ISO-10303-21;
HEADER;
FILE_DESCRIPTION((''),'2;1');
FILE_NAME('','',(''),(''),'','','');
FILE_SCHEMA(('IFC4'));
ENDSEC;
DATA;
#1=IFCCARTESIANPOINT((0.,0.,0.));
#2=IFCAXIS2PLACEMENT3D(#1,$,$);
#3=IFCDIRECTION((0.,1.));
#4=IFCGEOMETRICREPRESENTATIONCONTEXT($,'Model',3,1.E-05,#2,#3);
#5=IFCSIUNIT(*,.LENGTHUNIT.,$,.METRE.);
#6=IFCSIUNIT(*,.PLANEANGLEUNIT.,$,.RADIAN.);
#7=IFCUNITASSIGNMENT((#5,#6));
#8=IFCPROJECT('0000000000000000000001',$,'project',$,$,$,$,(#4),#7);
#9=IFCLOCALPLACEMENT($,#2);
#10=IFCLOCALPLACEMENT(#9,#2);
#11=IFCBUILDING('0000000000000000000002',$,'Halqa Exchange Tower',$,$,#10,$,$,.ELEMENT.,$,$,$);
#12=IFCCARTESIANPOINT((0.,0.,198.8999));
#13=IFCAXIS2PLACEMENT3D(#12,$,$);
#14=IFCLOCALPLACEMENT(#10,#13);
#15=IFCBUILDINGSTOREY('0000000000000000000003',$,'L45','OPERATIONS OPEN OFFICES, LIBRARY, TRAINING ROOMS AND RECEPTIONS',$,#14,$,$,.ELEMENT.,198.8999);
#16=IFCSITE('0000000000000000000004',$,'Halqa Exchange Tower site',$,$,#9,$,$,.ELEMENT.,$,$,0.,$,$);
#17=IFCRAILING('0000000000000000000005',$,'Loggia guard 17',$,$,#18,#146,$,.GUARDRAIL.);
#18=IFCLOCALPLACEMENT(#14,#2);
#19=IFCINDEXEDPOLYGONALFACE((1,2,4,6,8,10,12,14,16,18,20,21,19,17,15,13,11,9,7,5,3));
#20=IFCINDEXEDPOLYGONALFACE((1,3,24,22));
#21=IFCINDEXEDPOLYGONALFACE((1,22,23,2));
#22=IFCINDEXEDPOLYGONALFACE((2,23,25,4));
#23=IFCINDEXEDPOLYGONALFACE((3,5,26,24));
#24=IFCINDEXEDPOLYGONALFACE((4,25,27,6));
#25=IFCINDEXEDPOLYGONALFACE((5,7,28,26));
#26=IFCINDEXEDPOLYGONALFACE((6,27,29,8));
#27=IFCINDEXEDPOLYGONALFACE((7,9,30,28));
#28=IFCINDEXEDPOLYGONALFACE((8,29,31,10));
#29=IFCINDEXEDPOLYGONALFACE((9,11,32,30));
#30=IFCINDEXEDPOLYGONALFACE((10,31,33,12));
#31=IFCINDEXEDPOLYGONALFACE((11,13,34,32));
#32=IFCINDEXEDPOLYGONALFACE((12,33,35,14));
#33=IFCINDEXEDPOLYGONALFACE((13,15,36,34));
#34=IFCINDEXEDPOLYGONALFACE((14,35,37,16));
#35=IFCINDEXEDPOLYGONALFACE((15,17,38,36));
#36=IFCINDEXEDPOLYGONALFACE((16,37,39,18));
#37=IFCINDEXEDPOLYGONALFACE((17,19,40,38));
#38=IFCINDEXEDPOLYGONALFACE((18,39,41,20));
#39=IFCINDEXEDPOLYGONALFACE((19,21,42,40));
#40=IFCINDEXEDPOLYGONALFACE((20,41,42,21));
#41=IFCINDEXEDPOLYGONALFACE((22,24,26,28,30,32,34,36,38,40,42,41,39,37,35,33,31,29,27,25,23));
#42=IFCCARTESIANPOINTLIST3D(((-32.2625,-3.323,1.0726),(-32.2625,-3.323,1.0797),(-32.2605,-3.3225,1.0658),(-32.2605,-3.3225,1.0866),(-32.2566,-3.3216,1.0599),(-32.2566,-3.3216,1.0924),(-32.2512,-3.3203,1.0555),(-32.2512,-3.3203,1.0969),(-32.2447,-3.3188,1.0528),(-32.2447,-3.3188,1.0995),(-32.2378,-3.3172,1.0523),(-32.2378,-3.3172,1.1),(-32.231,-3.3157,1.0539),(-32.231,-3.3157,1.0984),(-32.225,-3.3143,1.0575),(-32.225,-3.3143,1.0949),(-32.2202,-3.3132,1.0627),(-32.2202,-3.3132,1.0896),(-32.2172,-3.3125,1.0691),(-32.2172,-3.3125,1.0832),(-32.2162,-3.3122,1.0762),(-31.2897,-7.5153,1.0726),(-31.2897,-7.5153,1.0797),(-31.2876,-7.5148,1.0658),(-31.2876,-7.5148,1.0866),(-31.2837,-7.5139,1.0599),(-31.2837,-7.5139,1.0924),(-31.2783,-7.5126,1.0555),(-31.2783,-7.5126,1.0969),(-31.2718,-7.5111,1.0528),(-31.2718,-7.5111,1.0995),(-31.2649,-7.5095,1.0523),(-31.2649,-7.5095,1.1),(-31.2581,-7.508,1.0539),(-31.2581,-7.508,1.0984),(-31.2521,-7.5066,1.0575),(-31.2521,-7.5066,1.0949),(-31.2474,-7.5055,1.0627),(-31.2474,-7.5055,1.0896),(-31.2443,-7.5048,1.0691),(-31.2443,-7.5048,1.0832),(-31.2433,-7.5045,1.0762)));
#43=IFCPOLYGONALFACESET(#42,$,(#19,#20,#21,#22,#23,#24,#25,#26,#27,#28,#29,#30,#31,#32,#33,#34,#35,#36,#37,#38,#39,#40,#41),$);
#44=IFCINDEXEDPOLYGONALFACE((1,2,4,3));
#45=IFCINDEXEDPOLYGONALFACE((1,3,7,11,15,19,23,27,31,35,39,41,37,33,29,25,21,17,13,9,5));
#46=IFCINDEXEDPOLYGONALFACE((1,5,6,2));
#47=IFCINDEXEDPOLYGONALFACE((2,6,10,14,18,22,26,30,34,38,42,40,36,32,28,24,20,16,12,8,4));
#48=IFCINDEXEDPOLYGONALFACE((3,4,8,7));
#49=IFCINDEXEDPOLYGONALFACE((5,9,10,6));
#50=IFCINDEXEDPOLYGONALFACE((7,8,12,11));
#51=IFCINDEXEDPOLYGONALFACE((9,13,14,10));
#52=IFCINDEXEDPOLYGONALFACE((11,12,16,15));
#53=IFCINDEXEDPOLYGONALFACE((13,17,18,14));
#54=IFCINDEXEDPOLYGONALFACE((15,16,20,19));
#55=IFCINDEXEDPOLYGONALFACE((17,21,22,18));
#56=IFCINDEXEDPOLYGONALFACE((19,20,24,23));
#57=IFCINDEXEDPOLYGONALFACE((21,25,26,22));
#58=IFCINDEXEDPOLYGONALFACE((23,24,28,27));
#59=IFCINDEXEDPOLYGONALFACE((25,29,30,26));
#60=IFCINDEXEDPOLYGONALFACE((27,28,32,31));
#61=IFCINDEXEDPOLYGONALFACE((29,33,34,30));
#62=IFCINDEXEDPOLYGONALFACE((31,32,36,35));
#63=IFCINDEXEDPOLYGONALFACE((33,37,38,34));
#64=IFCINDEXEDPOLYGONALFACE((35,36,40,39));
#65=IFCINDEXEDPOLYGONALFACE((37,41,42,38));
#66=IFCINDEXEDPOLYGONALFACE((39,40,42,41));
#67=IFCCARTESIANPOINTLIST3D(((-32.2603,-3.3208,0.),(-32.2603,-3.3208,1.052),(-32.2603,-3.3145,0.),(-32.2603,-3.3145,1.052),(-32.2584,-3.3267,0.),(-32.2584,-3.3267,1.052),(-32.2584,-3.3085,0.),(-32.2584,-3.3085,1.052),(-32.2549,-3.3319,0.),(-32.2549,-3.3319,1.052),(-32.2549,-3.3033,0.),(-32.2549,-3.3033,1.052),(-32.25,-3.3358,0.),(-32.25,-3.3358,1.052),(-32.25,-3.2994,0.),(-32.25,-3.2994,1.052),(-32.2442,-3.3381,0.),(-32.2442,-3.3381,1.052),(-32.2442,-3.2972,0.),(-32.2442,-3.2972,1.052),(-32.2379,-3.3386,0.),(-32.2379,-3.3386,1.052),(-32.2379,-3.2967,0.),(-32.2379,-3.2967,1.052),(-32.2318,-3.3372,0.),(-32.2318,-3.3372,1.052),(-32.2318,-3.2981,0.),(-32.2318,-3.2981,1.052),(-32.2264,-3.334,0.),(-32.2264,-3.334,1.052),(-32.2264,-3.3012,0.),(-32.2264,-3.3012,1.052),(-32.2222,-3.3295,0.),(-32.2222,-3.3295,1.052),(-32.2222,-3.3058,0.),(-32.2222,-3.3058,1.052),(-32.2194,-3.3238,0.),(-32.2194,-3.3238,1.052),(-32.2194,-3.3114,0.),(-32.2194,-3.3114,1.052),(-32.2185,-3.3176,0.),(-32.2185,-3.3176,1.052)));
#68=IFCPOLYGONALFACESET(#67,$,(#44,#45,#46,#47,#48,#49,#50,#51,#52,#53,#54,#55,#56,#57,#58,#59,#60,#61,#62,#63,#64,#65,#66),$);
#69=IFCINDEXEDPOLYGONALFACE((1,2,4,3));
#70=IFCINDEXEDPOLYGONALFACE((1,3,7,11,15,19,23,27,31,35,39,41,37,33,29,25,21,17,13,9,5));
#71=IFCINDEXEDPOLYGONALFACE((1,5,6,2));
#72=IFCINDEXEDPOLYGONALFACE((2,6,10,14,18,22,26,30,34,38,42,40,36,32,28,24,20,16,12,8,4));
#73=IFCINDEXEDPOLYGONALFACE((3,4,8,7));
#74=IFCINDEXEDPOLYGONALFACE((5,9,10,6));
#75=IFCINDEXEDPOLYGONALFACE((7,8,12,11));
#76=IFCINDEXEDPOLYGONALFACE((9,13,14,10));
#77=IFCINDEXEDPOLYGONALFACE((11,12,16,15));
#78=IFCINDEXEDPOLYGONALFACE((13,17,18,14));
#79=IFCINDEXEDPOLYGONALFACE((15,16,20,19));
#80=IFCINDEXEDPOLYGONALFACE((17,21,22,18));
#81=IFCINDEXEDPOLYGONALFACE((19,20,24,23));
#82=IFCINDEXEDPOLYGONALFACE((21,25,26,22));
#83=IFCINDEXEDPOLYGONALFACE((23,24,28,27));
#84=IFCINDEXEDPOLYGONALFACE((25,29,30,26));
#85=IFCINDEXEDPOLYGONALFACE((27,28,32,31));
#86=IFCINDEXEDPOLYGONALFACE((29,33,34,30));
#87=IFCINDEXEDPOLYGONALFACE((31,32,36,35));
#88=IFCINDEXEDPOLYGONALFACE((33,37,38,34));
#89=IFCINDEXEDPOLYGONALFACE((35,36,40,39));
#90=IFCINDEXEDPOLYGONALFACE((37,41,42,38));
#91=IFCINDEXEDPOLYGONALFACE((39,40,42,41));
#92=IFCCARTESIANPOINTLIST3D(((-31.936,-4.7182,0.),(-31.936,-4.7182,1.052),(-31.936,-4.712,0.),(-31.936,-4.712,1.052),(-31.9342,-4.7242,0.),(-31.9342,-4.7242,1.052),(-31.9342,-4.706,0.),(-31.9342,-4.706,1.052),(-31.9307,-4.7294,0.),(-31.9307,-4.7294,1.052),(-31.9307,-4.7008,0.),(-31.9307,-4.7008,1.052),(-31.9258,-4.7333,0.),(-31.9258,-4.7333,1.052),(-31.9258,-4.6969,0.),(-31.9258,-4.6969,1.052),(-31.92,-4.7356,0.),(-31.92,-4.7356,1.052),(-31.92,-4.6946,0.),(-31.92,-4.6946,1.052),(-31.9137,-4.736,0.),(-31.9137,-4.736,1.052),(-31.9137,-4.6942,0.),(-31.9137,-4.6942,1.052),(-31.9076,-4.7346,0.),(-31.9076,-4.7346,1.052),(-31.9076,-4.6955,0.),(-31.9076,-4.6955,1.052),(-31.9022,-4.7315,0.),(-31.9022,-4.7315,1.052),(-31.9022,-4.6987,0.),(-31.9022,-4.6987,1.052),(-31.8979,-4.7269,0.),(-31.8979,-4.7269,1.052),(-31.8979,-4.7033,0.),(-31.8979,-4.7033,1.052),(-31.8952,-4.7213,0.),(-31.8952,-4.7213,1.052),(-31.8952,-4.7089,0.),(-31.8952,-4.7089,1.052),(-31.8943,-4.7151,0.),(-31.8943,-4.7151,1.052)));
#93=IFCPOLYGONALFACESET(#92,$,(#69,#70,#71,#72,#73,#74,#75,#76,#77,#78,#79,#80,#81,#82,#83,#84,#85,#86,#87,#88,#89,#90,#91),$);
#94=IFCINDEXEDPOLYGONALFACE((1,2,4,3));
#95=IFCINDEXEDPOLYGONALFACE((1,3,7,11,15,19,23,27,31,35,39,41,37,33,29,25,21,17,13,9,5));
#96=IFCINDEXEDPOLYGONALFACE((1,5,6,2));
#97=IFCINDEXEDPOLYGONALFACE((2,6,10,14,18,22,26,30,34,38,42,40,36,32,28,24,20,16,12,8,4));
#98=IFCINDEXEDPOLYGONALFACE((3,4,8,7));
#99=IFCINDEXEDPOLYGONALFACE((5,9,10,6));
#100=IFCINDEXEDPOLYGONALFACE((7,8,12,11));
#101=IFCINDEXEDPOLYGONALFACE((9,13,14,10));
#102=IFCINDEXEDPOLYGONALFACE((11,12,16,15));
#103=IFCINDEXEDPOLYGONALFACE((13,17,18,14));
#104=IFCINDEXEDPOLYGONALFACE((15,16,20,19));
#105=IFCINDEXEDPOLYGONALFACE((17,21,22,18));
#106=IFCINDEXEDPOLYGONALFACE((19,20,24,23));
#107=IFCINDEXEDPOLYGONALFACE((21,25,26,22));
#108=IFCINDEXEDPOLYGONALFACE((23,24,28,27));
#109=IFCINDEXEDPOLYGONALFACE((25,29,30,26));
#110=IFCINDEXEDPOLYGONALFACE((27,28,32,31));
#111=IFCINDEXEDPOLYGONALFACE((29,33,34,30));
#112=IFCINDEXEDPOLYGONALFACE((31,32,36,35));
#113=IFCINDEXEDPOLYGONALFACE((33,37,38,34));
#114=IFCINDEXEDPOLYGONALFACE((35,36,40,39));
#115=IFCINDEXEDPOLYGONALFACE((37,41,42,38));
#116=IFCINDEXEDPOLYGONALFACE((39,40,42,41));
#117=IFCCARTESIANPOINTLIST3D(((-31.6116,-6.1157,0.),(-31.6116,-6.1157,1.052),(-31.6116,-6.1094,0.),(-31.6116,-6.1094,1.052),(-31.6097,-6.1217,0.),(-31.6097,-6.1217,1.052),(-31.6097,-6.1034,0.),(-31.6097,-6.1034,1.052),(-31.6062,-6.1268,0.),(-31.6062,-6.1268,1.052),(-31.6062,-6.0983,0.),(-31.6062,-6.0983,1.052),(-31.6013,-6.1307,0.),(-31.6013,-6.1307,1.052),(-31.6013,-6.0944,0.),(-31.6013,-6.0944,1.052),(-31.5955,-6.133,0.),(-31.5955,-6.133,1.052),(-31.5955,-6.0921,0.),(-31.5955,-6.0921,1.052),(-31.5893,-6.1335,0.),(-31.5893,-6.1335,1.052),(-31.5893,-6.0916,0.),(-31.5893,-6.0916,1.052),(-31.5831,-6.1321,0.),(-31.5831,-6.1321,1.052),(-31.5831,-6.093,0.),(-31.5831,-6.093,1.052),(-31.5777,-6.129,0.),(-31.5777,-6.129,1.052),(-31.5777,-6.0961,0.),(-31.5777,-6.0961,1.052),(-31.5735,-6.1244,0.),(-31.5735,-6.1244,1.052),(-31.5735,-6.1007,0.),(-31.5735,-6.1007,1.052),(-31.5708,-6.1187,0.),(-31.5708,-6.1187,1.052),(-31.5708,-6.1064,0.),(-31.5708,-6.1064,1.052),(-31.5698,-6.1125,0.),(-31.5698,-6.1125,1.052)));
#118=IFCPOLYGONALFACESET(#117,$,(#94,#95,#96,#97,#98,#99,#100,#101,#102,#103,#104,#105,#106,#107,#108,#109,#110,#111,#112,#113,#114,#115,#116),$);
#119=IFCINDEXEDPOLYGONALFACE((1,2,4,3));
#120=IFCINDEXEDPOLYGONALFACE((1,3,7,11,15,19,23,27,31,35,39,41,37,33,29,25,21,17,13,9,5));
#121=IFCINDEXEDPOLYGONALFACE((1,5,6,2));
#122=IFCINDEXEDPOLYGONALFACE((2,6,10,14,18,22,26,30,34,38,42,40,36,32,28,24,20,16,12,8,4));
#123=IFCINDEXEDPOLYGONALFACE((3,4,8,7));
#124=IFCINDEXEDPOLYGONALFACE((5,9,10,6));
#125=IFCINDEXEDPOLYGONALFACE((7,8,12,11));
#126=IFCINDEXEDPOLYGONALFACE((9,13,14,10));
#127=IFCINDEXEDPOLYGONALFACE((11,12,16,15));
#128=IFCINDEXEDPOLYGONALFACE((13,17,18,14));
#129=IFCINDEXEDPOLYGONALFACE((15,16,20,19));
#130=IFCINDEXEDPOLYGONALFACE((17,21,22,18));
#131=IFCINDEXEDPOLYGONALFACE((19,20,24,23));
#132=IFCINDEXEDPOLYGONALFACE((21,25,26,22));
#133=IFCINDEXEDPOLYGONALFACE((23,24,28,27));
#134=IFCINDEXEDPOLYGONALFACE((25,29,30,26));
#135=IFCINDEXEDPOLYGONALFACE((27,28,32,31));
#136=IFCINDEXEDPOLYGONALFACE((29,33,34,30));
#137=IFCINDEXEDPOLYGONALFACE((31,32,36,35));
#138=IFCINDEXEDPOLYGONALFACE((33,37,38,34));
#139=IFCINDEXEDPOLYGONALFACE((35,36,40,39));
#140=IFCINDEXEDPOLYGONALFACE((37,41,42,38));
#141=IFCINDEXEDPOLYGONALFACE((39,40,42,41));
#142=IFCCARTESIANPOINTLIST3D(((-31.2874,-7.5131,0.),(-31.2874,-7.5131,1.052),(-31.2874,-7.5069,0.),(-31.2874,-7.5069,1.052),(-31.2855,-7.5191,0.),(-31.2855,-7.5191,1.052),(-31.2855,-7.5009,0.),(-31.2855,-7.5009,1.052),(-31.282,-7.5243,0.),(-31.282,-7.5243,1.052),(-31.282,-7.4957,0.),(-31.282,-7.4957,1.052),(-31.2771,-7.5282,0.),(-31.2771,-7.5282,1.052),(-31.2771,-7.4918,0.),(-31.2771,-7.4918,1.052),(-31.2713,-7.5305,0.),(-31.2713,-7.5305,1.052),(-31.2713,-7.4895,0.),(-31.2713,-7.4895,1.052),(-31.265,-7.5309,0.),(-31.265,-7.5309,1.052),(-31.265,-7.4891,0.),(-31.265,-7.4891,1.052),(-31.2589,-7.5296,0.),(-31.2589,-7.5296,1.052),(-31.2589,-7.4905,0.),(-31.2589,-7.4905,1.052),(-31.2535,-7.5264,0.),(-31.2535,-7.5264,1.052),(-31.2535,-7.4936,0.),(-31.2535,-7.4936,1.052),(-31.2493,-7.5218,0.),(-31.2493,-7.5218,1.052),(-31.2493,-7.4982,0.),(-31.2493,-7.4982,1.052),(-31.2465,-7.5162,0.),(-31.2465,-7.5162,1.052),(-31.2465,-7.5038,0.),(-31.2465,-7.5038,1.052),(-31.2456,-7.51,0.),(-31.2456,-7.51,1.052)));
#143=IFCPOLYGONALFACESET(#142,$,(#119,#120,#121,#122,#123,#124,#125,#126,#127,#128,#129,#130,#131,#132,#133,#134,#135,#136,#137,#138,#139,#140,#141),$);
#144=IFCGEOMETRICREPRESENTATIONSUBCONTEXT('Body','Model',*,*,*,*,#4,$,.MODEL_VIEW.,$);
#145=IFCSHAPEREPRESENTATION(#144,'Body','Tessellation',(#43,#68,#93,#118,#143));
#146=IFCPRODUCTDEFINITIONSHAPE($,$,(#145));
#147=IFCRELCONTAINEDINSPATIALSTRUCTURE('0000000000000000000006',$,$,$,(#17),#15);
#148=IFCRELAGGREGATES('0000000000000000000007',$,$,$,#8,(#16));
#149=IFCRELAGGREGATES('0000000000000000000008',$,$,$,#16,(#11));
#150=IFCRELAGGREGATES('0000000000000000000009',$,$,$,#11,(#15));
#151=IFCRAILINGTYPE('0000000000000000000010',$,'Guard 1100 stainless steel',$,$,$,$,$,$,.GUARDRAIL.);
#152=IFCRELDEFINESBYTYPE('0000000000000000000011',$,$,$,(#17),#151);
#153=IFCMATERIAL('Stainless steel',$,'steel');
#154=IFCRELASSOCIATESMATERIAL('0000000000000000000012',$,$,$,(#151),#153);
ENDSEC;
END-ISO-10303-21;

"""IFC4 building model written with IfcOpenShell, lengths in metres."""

from ifc_helpers import new_model, si_unit, direction, frame, origin, origin_2d, place, context, subcontext, project, spatial, circle, extrude, material, type_object, element, save


model = new_model("IFC4")

# Units and contexts
model_context = context("Model", 3, precision=1e-05, world=origin(), true_north=direction((0.0, 1.0)))
body_context = subcontext(model_context, "Body", "Model", "MODEL_VIEW")
ifc_project = project(units=[si_unit("LENGTHUNIT", "METRE"), si_unit("PLANEANGLEUNIT", "RADIAN")], contexts=[model_context])

# Site, building, storey
site_placement = place(None, origin())
site = spatial("IfcSite", under=ifc_project, at=site_placement, Name="Halqa Exchange Tower site", CompositionType="ELEMENT", RefElevation=0.0)
building_placement = place(site_placement, origin())
building = spatial("IfcBuilding", under=site, at=building_placement, Name="Halqa Exchange Tower", CompositionType="ELEMENT")
storey_placement = place(building_placement, frame((0.0, 0.0, 198.8999)))
storey = spatial("IfcBuildingStorey", under=building, at=storey_placement, Name="L45", Description="OPERATIONS OPEN OFFICES, LIBRARY, TRAINING ROOMS AND RECEPTIONS", CompositionType="ELEMENT", Elevation=198.8999)

# Railing
ifc_material_1 = material(Name="Stainless steel", Category="steel")
railing_type = type_object("IfcRailingType", Name="Guard 1100 stainless steel", PredefinedType="GUARDRAIL", material=ifc_material_1)
railing_1_placement = place(storey_placement, frame((-32.2395, -3.3176, 0.0)))
element("IfcRailing", 1, at=railing_1_placement, inside=storey, type_object=railing_type, Name="Loggia guard 17", PredefinedType="GUARDRAIL", context=body_context, shape_type="SweptSolid", body=[
    extrude(circle(Radius=0.0239, at=origin_2d()), frame((0.0, 0.0, 1.0762), z_axis=(0.226057, -0.974114, 0.0), x_axis=(0.974114, 0.226057, 0.0)), (0.0, 0.0, 1.0), 4.3037),
    extrude(circle(Radius=0.021, at=origin_2d()), origin(), (0.0, 0.0, 1.0), 1.052),
    extrude(circle(Radius=0.021, at=origin_2d()), frame((0.3242, -1.3975, 0.0)), (0.0, 0.0, 1.0), 1.052),
    extrude(circle(Radius=0.021, at=origin_2d()), frame((0.6487, -2.7949, 0.0)), (0.0, 0.0, 1.0), 1.052),
    extrude(circle(Radius=0.021, at=origin_2d()), frame((0.9729, -4.1924, 0.0)), (0.0, 0.0, 1.0), 1.052),
])

save(model, "model.ifc")
